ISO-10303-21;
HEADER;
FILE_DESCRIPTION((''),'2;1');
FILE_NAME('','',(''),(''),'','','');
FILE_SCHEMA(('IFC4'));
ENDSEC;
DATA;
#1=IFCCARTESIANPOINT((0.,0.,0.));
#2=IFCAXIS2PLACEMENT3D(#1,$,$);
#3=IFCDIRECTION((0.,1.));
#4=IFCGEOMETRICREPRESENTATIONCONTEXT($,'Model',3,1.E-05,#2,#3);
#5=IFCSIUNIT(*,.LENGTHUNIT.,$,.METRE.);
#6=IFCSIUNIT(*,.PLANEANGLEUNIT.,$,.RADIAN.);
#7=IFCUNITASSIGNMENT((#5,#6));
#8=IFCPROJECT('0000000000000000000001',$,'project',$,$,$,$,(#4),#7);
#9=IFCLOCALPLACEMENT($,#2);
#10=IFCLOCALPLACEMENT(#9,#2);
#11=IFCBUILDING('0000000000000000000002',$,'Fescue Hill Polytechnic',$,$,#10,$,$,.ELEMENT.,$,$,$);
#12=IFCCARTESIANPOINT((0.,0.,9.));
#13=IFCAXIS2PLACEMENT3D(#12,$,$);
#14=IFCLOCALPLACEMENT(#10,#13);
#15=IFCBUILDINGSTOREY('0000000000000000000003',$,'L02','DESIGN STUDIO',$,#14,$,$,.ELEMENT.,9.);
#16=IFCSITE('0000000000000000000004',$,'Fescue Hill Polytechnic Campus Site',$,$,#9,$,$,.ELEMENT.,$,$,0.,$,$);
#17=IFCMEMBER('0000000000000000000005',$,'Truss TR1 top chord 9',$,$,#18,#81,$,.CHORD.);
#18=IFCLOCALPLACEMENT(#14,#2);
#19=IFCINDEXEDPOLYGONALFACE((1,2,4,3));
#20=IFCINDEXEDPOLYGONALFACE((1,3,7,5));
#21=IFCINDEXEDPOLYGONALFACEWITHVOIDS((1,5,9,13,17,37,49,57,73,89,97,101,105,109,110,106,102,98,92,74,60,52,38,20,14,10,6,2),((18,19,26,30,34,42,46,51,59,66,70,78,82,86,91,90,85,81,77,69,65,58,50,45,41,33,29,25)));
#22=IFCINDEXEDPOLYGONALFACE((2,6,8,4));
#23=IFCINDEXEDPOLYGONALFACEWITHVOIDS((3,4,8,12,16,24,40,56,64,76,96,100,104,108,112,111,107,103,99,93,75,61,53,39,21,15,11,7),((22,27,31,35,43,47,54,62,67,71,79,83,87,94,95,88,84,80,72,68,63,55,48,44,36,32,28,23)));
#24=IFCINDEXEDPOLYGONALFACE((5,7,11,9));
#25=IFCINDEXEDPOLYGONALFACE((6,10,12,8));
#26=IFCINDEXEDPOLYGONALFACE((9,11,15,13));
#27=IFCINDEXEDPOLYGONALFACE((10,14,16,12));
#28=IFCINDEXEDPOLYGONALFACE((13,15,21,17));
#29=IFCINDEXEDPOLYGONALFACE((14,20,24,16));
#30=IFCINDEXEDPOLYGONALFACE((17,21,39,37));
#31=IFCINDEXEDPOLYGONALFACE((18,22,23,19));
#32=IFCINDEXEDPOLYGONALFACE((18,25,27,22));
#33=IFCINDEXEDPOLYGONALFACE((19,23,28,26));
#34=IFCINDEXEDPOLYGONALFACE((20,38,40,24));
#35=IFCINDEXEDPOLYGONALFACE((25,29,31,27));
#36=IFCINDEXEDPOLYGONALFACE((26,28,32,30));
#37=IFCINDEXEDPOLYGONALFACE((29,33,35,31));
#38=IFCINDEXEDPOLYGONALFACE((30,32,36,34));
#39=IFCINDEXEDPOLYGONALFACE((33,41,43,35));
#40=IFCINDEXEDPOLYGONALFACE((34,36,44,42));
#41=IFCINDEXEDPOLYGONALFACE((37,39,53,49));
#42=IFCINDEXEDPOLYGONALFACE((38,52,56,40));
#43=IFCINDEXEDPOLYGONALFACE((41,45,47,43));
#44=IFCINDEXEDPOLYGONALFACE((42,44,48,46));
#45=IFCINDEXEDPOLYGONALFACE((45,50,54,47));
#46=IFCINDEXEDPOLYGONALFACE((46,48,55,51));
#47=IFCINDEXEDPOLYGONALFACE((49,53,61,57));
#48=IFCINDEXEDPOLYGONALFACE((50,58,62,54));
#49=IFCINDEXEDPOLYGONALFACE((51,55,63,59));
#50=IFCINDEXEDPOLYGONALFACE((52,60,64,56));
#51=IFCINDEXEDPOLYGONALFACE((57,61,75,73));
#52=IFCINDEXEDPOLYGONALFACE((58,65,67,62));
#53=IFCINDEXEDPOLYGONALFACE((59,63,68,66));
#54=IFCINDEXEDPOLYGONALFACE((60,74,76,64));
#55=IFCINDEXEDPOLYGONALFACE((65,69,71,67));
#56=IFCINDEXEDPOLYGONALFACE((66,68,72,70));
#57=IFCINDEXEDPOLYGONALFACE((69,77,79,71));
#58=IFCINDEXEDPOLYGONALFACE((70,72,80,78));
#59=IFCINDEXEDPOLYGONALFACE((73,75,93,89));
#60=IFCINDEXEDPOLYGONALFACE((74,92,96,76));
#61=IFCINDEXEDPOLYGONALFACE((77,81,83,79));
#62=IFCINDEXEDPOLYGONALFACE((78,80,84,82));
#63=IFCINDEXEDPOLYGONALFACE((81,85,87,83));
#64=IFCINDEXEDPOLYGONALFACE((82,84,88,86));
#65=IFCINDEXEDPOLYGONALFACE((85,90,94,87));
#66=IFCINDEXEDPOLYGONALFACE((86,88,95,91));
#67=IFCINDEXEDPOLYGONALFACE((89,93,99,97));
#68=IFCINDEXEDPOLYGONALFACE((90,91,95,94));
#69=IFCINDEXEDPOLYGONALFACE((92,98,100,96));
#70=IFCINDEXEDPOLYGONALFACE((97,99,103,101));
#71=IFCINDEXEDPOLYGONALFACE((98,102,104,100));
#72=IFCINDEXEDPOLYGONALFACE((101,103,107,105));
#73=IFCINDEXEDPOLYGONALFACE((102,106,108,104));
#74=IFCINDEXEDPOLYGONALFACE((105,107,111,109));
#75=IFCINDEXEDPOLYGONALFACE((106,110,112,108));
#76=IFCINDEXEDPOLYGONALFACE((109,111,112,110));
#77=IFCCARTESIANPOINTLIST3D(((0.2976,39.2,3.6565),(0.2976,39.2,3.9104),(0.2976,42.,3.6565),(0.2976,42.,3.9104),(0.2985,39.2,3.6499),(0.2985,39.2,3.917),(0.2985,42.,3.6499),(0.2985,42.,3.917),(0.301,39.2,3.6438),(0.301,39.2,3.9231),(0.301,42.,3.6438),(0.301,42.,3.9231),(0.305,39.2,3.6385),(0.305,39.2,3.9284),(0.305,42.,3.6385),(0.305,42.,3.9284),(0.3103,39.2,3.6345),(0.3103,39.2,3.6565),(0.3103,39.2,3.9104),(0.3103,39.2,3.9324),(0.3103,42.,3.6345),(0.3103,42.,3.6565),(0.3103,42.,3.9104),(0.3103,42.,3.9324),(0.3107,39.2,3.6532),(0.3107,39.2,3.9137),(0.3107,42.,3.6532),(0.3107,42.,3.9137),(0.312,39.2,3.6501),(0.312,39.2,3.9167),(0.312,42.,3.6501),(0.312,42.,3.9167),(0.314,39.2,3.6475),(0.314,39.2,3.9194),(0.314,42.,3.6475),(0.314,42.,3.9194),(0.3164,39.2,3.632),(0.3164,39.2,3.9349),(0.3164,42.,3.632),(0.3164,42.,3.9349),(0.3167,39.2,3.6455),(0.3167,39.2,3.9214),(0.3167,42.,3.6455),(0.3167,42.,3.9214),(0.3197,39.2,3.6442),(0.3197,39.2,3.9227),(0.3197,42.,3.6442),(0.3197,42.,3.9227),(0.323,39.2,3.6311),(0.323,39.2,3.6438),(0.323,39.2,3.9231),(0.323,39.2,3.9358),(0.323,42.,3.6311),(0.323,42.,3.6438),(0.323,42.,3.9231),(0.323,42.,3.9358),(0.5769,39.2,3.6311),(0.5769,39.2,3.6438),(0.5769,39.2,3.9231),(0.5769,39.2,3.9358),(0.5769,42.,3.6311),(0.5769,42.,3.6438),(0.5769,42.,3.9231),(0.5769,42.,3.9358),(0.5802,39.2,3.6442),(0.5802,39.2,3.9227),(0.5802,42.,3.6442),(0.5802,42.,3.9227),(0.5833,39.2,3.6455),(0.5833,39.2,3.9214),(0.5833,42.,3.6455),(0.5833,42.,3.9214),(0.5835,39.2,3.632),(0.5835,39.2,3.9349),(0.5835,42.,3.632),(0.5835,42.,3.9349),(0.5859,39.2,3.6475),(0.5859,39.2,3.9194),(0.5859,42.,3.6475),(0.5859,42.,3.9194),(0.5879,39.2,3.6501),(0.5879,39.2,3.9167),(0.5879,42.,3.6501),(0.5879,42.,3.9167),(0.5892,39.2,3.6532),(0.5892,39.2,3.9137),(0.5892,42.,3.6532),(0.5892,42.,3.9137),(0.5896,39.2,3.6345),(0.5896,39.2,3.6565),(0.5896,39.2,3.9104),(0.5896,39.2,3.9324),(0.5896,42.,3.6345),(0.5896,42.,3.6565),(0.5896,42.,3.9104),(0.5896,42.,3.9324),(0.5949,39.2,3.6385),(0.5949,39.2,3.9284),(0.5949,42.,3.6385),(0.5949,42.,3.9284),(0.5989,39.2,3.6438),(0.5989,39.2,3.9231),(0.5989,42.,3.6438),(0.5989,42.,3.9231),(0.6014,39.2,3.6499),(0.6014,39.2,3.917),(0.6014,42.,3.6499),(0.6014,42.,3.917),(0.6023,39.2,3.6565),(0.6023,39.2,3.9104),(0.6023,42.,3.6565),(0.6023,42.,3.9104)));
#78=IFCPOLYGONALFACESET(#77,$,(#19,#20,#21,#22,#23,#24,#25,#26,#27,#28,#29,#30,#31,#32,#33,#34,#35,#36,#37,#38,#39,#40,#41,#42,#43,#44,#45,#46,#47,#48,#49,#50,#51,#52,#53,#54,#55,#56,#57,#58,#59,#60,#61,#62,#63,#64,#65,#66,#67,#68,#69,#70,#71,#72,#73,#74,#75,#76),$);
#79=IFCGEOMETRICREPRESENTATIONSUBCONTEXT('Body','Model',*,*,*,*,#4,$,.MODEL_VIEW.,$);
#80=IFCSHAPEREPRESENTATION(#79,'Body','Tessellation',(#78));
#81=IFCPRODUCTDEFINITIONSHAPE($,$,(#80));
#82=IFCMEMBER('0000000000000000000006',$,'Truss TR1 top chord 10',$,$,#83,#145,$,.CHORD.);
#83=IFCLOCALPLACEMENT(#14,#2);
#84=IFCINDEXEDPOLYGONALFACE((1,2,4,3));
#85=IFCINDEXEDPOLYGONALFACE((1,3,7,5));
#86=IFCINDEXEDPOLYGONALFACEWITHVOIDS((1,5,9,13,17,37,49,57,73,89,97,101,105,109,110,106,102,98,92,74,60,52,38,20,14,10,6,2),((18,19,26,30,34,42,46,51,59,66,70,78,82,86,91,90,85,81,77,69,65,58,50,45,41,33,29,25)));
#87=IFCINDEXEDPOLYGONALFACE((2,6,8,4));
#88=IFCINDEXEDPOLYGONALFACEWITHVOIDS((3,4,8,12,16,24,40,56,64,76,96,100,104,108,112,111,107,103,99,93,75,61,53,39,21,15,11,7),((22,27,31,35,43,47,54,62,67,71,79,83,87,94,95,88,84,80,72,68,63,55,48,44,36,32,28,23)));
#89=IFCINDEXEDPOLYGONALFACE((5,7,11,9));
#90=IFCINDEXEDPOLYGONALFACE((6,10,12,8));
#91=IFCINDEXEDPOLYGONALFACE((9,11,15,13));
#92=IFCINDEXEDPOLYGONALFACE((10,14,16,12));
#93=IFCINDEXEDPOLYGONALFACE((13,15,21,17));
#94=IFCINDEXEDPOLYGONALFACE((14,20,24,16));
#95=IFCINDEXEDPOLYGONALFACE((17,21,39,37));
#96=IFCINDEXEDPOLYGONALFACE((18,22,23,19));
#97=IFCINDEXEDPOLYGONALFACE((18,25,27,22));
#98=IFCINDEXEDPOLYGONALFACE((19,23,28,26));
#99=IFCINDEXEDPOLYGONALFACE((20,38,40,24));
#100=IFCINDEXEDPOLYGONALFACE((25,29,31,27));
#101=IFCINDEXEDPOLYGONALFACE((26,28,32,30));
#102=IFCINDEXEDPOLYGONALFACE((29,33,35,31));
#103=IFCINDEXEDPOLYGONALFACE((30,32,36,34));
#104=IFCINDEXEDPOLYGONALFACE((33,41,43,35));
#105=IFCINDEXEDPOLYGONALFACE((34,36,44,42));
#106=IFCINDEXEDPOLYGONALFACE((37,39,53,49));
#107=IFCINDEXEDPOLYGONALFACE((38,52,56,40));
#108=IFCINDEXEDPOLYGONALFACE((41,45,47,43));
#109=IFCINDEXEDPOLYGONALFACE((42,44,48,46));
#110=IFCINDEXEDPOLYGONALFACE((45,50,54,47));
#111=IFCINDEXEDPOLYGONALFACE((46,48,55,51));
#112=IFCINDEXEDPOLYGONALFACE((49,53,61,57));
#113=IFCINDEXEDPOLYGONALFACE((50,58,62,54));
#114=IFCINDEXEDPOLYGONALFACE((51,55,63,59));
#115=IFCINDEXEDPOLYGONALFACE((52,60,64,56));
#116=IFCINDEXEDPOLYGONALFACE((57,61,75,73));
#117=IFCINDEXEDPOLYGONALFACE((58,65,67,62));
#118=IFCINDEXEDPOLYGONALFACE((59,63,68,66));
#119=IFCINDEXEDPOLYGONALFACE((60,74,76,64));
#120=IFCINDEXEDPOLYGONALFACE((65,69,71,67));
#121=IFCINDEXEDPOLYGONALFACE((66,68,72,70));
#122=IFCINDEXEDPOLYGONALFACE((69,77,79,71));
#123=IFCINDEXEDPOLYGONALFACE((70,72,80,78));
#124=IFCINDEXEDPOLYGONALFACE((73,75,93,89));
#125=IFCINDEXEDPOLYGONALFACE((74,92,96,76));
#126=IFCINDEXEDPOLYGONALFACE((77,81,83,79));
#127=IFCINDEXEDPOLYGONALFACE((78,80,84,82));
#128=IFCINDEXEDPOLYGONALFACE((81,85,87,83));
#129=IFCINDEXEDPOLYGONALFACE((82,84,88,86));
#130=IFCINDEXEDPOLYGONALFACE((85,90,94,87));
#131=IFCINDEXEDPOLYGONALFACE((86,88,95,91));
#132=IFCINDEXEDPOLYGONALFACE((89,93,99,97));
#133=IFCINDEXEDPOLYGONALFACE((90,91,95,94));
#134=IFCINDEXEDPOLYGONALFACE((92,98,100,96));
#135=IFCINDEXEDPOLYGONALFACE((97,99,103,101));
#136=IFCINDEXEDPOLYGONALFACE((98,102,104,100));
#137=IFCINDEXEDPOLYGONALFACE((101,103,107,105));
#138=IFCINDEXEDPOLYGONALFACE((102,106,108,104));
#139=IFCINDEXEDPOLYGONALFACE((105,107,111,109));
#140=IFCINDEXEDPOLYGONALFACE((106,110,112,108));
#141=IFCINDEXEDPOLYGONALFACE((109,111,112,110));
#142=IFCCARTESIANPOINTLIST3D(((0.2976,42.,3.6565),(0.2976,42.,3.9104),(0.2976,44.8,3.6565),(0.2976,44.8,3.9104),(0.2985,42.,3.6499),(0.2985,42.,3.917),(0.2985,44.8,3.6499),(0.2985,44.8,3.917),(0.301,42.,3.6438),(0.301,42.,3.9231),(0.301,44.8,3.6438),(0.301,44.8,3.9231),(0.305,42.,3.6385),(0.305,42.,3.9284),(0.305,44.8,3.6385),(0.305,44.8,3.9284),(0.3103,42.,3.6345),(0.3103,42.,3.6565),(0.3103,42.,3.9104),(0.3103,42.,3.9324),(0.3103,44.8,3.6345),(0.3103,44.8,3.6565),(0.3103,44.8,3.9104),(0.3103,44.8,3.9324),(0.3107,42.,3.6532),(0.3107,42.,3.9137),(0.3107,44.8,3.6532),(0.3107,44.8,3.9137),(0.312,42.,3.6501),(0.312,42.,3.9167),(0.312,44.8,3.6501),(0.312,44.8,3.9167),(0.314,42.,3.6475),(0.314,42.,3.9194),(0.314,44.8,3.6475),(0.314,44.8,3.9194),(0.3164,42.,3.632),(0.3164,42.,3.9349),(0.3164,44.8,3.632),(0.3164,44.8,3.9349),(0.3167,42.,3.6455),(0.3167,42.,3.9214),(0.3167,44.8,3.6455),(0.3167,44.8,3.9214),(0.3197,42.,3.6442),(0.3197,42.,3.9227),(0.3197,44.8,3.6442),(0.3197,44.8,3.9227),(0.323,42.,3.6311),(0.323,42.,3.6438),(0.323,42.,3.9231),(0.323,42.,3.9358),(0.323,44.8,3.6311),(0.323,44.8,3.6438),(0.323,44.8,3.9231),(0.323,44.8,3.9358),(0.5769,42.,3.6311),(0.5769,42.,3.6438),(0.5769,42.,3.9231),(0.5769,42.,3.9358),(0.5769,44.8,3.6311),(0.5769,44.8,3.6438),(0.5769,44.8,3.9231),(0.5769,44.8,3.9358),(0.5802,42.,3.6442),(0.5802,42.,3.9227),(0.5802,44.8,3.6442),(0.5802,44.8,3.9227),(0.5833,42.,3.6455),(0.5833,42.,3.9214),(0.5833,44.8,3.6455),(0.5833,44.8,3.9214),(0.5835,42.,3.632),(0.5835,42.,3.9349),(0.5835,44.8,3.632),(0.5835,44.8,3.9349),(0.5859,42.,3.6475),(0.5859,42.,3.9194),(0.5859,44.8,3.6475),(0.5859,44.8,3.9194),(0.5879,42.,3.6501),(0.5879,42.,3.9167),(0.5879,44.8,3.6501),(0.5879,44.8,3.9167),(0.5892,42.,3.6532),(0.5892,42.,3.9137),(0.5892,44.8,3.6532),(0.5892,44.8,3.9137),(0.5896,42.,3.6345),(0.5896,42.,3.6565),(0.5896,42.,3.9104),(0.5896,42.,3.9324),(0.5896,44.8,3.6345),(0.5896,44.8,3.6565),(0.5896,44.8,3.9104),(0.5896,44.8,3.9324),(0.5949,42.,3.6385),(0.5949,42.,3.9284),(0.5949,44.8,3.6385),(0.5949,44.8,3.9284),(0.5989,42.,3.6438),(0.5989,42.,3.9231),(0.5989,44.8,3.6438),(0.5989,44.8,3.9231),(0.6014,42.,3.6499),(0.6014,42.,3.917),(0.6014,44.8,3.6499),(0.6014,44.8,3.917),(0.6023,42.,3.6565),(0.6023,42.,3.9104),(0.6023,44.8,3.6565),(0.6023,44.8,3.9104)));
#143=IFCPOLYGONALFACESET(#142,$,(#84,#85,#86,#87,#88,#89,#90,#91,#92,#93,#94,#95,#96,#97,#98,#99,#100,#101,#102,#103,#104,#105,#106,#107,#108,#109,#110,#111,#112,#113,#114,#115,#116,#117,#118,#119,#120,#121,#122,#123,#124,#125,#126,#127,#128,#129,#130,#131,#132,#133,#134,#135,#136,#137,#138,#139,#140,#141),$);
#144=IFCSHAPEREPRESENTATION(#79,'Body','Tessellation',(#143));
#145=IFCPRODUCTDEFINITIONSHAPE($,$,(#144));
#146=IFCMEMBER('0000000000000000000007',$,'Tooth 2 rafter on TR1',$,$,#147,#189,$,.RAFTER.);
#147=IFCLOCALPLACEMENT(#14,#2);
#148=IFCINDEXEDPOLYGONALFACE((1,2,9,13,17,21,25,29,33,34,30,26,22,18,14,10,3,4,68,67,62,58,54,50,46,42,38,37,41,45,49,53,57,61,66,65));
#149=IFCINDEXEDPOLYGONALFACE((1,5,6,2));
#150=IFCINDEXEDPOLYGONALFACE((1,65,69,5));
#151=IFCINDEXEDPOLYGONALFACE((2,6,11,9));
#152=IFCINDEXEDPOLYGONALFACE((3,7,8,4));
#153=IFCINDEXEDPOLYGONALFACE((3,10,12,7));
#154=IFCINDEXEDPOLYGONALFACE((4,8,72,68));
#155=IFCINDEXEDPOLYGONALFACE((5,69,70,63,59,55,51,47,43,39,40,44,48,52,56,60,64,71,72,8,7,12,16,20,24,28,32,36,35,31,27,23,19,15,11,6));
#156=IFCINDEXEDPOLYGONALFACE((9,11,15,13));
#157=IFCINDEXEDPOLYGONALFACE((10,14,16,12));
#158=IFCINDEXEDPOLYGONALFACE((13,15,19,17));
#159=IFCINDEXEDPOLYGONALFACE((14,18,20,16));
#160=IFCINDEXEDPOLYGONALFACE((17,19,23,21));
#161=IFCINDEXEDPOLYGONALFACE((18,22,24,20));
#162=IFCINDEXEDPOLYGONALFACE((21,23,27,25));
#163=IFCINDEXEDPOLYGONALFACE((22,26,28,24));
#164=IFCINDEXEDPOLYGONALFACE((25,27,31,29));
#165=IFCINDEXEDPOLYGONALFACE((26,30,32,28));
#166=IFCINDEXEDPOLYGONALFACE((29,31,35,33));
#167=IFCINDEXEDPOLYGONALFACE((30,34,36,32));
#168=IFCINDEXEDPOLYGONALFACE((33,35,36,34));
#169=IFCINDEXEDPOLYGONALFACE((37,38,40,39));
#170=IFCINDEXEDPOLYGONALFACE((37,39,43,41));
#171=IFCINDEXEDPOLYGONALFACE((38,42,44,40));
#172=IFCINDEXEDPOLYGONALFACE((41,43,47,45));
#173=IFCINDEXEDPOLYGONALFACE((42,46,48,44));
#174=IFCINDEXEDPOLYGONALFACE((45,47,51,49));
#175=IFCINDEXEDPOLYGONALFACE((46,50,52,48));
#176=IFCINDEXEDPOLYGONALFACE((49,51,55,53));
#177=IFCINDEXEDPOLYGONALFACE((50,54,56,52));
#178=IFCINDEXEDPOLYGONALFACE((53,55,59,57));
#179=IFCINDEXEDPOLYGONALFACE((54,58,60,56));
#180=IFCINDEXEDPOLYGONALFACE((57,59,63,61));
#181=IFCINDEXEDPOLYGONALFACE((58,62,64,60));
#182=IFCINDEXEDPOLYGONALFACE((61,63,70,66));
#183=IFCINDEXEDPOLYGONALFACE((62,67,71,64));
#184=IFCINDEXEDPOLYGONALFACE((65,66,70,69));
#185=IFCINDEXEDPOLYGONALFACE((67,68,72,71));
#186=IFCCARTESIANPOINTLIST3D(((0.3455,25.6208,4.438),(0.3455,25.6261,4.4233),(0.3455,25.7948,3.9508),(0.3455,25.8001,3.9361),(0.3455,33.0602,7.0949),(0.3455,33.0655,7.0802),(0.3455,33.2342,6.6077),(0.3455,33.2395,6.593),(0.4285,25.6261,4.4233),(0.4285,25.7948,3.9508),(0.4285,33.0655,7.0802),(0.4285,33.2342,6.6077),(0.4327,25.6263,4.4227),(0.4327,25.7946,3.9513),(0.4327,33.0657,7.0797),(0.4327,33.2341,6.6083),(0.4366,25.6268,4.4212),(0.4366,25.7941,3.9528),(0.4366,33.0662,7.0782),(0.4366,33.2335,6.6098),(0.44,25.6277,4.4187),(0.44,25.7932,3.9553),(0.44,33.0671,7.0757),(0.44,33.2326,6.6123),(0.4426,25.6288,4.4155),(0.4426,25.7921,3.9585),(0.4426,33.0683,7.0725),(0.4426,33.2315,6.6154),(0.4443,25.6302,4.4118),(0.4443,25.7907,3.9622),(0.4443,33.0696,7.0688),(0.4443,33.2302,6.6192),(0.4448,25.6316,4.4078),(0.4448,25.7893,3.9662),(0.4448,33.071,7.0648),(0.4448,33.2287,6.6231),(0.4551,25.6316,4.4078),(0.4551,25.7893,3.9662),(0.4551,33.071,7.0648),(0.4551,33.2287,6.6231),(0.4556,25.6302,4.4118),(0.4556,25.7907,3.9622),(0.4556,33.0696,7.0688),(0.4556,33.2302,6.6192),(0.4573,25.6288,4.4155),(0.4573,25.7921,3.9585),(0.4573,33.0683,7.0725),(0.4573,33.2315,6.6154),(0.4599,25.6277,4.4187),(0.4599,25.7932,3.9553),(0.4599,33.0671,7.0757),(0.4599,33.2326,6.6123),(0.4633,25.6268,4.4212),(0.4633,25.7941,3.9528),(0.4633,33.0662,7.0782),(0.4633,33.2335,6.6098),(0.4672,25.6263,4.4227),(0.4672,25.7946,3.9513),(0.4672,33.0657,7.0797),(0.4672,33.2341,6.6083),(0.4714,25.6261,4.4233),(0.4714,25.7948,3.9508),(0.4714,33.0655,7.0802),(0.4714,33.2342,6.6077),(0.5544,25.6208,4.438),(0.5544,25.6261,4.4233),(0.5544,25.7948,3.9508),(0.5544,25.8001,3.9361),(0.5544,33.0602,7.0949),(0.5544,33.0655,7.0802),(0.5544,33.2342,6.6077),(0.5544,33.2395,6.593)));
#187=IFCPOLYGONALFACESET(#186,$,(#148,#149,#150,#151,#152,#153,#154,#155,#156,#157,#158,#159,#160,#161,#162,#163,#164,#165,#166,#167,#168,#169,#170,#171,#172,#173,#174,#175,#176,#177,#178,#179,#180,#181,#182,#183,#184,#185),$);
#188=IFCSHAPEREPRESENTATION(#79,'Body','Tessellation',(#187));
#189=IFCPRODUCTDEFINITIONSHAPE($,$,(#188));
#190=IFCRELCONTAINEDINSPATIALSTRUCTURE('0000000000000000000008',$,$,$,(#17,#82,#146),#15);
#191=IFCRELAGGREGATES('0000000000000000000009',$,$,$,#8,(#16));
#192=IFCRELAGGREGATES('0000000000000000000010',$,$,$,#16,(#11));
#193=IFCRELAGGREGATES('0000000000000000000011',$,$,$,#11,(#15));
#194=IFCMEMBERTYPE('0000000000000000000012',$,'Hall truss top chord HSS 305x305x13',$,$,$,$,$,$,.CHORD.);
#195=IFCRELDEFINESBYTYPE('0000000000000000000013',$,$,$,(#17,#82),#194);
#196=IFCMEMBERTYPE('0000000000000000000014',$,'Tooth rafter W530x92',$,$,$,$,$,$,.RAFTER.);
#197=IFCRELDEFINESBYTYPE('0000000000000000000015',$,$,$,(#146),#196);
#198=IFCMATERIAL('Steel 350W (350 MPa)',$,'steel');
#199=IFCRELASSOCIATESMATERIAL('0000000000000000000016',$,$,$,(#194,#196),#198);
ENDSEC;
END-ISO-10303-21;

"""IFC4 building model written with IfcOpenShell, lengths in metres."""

from ifc_helpers import new_model, si_unit, direction, frame, origin, origin_2d, place, context, subcontext, project, spatial, hollow_rectangle, i_section, extrude, material, material_profile, profile_set, type_object, element, save


model = new_model("IFC4")

# Units and contexts
model_context = context("Model", 3, precision=1e-05, world=origin(), true_north=direction((0.0, 1.0)))
body_context = subcontext(model_context, "Body", "Model", "MODEL_VIEW")
ifc_project = project(units=[si_unit("LENGTHUNIT", "METRE"), si_unit("PLANEANGLEUNIT", "RADIAN")], contexts=[model_context])

# Site, building, storey
site_placement = place(None, origin())
site = spatial("IfcSite", under=ifc_project, at=site_placement, Name="Fescue Hill Polytechnic Campus Site", CompositionType="ELEMENT", RefElevation=0.0)
building_placement = place(site_placement, origin())
building = spatial("IfcBuilding", under=site, at=building_placement, Name="Fescue Hill Polytechnic", CompositionType="ELEMENT")
storey_placement = place(building_placement, frame((0.0, 0.0, 9.0)))
storey = spatial("IfcBuildingStorey", under=building, at=storey_placement, Name="L02", Description="DESIGN STUDIO", CompositionType="ELEMENT", Elevation=9.0)

# Members
ifc_material_1 = material(Name="Steel 350W (350 MPa)", Category="steel")
ifc_material_profile_1 = material_profile(ifc_material_1, hollow_rectangle(XDim=0.3047, YDim=0.3047, WallThickness=0.0127, InnerFilletRadius=0.0127, OuterFilletRadius=0.0254, at=origin_2d()), Name="Hall truss top chord HSS 305x305x13")
ifc_profile_set_1 = profile_set([ifc_material_profile_1], Name="Steel 350W (350 MPa)")
member_type_1 = type_object("IfcMemberType", Name="Hall truss top chord HSS 305x305x13", PredefinedType="CHORD", material=ifc_profile_set_1)
for number, where, z_axis, x_axis, name in (
    (1, (0.45, 39.2, 3.7834), (0.0, 1.0, 0.0), (-1.0, 0.0, 0.0), "Truss TR1 top chord 9"),
    (2, (0.45, 42.0, 3.7834), (0.0, 1.0, 0.0), (-1.0, 0.0, 0.0), "Truss TR1 top chord 10"),
):
    element("IfcMember", number, at=place(storey_placement, frame(where, z_axis=z_axis, x_axis=x_axis)), inside=storey, type_object=member_type_1, Name=name, PredefinedType="CHORD", context=body_context, shape_type="SweptSolid", body=[
        extrude(hollow_rectangle(XDim=0.3047, YDim=0.3047, WallThickness=0.0127, InnerFilletRadius=0.0127, OuterFilletRadius=0.0254, at=origin_2d()), origin(), (0.0, 0.0, 1.0), 2.8),
    ])
ifc_material_profile_2 = material_profile(ifc_material_1, i_section(OverallWidth=0.209, OverallDepth=0.533, WebThickness=0.0103, FlangeThickness=0.0156, FilletRadius=0.0164, at=origin_2d()), Name="W530x92")
ifc_profile_set_2 = profile_set([ifc_material_profile_2], Name="Steel 350W (350 MPa)")
member_type_2 = type_object("IfcMemberType", Name="Tooth rafter W530x92", PredefinedType="RAFTER", material=ifc_profile_set_2)
member_1_placement = place(storey_placement, frame((0.45, 25.7104, 4.187), z_axis=(0.0, 0.941741, 0.33634), x_axis=(-1.0, 0.0, 0.0)))
element("IfcMember", 3, at=member_1_placement, inside=storey, type_object=member_type_2, Name="Tooth 2 rafter on TR1", PredefinedType="RAFTER", context=body_context, shape_type="SweptSolid", body=[
    extrude(i_section(OverallWidth=0.209, OverallDepth=0.533, WebThickness=0.0103, FlangeThickness=0.0156, FilletRadius=0.0164, at=origin_2d()), origin(), (0.0, 0.0, 1.0), 7.8997),
])

save(model, "model.ifc")
